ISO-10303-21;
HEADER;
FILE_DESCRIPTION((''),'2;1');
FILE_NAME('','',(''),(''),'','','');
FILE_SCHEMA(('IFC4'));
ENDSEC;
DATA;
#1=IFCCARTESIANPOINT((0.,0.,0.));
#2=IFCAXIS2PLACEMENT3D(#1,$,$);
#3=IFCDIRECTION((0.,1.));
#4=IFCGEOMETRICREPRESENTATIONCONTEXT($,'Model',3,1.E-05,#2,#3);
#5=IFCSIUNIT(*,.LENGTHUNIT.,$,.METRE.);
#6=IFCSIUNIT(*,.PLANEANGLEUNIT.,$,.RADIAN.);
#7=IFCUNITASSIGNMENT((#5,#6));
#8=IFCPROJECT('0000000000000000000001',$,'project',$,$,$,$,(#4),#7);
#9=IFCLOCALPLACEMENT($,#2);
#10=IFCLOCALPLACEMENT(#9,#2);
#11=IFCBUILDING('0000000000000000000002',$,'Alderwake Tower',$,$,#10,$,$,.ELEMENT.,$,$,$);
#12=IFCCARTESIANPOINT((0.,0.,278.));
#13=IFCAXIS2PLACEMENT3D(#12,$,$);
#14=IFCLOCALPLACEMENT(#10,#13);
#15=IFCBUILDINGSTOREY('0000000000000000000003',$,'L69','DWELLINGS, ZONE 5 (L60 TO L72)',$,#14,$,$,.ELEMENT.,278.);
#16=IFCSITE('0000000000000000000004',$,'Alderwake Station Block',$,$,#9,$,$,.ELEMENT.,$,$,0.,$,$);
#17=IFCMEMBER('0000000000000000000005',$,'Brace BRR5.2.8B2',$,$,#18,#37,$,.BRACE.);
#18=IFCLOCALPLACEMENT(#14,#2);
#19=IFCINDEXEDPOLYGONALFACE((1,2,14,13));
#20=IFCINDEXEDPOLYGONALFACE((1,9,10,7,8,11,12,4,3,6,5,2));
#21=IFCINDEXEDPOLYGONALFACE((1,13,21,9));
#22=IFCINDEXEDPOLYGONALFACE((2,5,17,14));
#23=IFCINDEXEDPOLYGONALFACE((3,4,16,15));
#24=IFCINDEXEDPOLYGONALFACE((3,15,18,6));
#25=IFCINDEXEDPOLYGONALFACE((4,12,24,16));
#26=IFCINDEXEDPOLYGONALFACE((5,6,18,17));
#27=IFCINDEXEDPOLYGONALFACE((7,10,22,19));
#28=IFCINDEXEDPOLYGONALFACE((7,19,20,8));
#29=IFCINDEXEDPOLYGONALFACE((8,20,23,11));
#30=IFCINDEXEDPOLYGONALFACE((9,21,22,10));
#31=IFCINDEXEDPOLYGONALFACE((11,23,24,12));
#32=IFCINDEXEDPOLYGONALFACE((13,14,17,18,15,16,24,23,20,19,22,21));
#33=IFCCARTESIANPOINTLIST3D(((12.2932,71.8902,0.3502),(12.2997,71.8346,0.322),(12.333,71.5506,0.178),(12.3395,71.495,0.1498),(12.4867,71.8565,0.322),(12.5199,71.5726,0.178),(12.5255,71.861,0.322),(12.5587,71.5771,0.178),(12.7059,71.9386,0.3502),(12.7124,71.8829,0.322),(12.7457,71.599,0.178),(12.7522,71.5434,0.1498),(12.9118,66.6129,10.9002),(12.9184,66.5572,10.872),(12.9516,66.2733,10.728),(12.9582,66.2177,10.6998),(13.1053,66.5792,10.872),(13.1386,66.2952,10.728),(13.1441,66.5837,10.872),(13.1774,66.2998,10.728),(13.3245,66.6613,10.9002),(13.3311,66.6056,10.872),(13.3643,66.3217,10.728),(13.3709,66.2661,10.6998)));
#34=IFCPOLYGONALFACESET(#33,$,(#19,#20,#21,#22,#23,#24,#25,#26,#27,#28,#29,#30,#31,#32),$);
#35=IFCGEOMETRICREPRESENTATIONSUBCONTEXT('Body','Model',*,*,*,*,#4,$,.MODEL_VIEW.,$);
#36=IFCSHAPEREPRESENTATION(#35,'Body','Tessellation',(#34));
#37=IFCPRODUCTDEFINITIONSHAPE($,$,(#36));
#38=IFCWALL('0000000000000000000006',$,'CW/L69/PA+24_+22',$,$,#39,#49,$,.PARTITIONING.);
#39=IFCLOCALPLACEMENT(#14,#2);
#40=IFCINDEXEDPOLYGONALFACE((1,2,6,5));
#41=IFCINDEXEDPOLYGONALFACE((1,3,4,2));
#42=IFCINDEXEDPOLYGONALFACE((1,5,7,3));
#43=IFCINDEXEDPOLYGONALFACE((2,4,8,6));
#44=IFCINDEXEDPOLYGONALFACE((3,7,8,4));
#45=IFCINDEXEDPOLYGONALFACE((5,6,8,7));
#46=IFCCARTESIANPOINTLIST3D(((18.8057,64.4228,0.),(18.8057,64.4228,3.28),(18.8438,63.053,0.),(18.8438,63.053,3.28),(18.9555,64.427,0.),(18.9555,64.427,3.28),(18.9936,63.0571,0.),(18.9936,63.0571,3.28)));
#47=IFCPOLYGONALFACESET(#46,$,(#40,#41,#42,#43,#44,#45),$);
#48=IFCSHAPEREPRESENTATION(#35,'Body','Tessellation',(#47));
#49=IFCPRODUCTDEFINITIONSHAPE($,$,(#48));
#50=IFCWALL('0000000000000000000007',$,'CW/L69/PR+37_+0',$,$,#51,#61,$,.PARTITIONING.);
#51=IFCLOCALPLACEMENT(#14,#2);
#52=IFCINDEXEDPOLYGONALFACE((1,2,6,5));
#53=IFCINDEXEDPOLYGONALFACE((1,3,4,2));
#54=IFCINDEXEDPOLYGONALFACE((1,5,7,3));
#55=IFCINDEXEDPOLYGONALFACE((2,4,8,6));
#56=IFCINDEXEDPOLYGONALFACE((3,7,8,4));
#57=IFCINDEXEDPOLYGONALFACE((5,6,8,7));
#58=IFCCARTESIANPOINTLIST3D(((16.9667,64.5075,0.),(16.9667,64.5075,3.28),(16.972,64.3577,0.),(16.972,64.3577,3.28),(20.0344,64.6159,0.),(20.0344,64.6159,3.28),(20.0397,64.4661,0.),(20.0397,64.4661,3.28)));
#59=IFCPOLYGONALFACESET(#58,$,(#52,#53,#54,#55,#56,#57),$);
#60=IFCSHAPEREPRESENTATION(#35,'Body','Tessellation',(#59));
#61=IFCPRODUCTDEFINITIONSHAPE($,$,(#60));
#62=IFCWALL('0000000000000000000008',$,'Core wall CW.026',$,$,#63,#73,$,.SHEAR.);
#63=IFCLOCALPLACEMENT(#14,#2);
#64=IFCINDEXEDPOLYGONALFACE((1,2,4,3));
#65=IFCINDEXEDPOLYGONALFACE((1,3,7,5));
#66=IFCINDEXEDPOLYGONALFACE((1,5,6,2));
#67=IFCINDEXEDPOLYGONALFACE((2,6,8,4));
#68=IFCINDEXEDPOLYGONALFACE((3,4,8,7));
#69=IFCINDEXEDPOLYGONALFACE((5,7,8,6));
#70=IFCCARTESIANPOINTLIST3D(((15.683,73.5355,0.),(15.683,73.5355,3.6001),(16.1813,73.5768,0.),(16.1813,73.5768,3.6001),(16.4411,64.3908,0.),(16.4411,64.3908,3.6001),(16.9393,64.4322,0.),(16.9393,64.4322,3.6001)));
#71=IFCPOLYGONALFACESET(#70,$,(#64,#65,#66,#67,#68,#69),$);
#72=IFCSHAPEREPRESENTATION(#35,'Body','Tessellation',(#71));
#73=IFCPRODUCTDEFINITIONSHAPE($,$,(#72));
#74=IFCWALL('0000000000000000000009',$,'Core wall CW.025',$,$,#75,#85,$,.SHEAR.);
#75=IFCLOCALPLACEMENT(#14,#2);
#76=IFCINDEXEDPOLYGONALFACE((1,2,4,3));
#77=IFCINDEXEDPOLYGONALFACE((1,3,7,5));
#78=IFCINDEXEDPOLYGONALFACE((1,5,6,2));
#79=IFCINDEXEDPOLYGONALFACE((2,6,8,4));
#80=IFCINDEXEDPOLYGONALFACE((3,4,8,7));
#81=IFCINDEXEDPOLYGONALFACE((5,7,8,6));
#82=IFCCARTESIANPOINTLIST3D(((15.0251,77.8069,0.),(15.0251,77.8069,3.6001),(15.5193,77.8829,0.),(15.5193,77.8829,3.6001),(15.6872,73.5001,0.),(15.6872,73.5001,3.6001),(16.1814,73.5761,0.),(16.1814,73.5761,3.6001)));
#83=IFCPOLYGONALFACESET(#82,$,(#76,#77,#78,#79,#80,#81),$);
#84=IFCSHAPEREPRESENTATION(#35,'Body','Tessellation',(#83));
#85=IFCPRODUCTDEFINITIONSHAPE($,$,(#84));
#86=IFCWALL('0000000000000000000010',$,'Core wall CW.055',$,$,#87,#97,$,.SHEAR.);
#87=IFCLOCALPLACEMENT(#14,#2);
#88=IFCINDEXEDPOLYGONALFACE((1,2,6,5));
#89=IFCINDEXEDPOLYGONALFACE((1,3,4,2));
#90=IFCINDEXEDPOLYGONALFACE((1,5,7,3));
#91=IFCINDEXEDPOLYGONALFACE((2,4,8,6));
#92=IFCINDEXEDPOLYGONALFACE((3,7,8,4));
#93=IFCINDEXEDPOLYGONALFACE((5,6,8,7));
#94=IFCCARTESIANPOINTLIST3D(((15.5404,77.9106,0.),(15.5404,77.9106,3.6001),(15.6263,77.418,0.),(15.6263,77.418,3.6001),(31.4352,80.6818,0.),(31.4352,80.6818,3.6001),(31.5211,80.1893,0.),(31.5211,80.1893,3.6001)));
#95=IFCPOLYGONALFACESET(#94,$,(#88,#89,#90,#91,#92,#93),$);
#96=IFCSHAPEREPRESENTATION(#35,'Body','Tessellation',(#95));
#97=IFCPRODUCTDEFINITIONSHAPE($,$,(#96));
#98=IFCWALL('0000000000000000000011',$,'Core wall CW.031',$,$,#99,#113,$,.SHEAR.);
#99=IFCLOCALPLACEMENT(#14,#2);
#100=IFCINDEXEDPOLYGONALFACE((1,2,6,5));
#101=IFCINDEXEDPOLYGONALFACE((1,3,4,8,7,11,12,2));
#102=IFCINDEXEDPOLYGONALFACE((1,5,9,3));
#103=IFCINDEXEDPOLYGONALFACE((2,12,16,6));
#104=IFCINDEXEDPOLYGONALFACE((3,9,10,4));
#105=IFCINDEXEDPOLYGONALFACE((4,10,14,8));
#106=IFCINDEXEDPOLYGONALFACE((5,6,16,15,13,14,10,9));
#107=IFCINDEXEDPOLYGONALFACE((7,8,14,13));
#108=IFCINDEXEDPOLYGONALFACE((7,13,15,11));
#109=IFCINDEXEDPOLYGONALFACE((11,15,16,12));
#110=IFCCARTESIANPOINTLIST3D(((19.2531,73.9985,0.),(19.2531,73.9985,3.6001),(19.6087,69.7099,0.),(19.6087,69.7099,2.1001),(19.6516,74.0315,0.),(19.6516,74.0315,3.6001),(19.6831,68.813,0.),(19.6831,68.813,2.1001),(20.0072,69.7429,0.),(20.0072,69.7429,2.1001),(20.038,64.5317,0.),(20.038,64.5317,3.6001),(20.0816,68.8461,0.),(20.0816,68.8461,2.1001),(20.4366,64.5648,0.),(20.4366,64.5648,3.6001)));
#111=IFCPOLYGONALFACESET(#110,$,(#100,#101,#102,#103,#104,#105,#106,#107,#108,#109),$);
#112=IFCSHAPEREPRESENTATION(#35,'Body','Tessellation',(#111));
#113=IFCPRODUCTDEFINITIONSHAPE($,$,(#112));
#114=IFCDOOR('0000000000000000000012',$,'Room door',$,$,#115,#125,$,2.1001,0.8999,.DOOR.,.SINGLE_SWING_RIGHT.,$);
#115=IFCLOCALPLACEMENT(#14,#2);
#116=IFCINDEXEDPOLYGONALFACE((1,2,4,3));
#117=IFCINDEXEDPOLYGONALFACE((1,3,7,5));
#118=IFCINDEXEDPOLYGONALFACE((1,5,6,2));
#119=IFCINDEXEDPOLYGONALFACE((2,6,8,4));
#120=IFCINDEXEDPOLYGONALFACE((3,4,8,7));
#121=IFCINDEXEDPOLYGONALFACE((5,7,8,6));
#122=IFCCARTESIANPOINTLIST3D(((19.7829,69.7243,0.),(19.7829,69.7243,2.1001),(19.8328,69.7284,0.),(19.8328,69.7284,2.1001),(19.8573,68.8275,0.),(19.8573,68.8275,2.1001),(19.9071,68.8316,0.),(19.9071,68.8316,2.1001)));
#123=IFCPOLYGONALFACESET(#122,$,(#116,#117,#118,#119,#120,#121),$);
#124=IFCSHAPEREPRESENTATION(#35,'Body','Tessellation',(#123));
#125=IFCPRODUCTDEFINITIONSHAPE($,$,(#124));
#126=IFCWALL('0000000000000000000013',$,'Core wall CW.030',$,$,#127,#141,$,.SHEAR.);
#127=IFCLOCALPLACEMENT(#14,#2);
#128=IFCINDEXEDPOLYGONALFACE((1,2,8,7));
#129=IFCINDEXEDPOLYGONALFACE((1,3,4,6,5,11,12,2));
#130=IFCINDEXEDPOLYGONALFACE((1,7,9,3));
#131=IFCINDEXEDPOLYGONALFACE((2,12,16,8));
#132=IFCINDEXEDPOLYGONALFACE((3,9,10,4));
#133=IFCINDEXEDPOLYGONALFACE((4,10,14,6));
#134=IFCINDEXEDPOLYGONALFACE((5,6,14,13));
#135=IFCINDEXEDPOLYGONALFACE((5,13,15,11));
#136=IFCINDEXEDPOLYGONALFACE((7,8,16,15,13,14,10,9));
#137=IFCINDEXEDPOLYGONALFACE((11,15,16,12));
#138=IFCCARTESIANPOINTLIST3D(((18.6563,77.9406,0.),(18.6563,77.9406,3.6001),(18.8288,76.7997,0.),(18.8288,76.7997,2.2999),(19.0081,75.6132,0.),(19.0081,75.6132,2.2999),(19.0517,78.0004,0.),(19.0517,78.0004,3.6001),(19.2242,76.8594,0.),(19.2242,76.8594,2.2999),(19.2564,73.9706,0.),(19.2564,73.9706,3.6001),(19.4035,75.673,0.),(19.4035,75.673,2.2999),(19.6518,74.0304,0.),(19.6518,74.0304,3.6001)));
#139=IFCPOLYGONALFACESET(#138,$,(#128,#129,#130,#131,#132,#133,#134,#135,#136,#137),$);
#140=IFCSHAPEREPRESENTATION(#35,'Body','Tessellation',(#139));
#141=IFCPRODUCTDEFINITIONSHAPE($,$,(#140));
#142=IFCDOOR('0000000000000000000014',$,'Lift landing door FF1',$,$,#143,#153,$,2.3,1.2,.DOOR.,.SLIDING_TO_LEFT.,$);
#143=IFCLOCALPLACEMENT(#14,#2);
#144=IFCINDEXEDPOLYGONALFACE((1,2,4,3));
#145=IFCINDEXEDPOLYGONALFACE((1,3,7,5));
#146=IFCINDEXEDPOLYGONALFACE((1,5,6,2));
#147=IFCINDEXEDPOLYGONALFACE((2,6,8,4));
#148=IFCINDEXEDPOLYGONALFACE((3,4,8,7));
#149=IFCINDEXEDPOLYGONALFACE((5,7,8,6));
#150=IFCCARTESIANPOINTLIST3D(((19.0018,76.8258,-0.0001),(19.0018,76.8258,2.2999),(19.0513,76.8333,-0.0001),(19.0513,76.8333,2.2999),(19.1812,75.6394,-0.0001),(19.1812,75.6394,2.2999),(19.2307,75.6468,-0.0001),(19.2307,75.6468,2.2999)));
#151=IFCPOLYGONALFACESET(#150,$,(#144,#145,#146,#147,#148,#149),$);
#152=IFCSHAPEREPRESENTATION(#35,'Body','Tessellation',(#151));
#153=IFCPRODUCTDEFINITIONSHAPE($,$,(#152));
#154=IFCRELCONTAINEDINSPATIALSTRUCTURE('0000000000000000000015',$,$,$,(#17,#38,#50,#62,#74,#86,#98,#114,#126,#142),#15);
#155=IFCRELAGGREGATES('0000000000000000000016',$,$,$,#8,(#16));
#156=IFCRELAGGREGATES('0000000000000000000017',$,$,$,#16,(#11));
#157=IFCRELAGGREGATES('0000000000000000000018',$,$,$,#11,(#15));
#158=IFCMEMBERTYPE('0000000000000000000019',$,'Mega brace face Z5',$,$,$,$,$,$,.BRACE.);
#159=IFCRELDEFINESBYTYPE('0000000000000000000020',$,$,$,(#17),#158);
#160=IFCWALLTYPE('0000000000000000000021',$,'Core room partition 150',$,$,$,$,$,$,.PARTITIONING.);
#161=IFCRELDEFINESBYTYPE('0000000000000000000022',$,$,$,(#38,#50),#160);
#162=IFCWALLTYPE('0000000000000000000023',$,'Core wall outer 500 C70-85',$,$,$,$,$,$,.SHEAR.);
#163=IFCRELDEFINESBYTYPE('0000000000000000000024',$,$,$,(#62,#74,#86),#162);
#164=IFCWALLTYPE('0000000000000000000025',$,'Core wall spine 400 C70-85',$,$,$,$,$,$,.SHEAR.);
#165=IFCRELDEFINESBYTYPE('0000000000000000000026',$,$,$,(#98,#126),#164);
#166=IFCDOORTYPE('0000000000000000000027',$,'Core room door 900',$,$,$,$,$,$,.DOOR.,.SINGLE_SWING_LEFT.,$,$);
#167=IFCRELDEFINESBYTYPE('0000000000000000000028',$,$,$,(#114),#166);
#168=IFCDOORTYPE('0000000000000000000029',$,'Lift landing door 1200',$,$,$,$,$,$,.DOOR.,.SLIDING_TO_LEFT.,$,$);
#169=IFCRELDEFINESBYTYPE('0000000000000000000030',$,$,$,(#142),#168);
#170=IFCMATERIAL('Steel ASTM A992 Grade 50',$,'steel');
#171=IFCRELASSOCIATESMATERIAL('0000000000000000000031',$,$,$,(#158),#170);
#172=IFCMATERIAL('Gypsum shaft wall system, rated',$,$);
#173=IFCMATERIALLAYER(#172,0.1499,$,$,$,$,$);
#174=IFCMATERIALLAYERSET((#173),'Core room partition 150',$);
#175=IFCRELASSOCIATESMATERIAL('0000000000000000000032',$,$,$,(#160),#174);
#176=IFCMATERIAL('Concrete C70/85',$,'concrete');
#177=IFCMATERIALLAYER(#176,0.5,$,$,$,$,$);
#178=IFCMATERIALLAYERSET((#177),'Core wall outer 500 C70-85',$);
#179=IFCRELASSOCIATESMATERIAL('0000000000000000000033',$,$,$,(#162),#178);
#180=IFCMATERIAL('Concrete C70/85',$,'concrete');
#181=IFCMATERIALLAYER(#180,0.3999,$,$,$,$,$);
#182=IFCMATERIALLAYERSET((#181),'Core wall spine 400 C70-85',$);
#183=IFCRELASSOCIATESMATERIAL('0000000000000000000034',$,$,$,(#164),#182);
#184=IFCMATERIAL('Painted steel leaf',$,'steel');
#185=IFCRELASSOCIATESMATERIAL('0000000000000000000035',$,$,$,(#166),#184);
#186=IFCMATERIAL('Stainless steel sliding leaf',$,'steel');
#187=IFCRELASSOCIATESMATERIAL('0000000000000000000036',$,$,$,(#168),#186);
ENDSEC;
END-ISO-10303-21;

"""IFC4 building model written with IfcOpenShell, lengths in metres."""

from ifc_helpers import new_model, si_unit, direction, frame, frame_2d, origin, origin_2d, place, context, subcontext, project, spatial, rectangle, i_section, extrude, material, layer, layer_set, material_profile, profile_set, type_object, element, fill, save


model = new_model("IFC4")

# Units and contexts
model_context = context("Model", 3, precision=1e-05, world=origin(), true_north=direction((0.0, 1.0)))
body_context = subcontext(model_context, "Body", "Model", "MODEL_VIEW")
ifc_project = project(units=[si_unit("LENGTHUNIT", "METRE"), si_unit("PLANEANGLEUNIT", "RADIAN")], contexts=[model_context])

# Site, building, storey
site_placement = place(None, origin())
site = spatial("IfcSite", under=ifc_project, at=site_placement, Name="Alderwake Station Block", CompositionType="ELEMENT", RefElevation=0.0)
building_placement = place(site_placement, origin())
building = spatial("IfcBuilding", under=site, at=building_placement, Name="Alderwake Tower", CompositionType="ELEMENT")
storey_placement = place(building_placement, frame((0.0, 0.0, 278.0)))
storey = spatial("IfcBuildingStorey", under=building, at=storey_placement, Name="L69", Description="DWELLINGS, ZONE 5 (L60 TO L72)", CompositionType="ELEMENT", Elevation=278.0)

# Member
ifc_material_1 = material(Name="Steel ASTM A992 Grade 50", Category="steel")
ifc_material_profile_1 = material_profile(ifc_material_1, i_section(OverallWidth=0.4155, OverallDepth=0.4456, WebThickness=0.0391, FlangeThickness=0.0627, at=origin_2d()), Name="W14X342")
ifc_profile_set_1 = profile_set([ifc_material_profile_1], Name="Steel ASTM A992 Grade 50")
member_type = type_object("IfcMemberType", Name="Mega brace face Z5", PredefinedType="BRACE", material=ifc_profile_set_1)
member_placement = place(storey_placement, frame((12.5227, 71.7168, 0.25), z_axis=(0.052372, -0.446757, 0.893121), x_axis=(0.993199, 0.116431, 0.0)))
element("IfcMember", 1, at=member_placement, inside=storey, type_object=member_type, Name="Brace BRR5.2.8B2", PredefinedType="BRACE", context=body_context, shape_type="SweptSolid", body=[
    extrude(i_section(OverallWidth=0.4155, OverallDepth=0.4456, WebThickness=0.0391, FlangeThickness=0.0627, at=origin_2d()), origin(), (0.0, 0.0, 1.0), 11.8125),
])

# Walls
ifc_material_2 = material(Name="Gypsum shaft wall system, rated")
ifc_layer_1 = layer(ifc_material_2, 0.1499)
ifc_layer_set_1 = layer_set([ifc_layer_1], Name="Core room partition 150")
wall_type_1 = type_object("IfcWallType", Name="Core room partition 150", PredefinedType="PARTITIONING", material=ifc_layer_set_1)
wall_1_placement = place(storey_placement, frame((18.9187, 63.0552, 0.0), z_axis=(0.0, 0.0, 1.0), x_axis=(-0.027792, 0.999614, 0.0)))
element("IfcWall", 2, at=wall_1_placement, inside=storey, type_object=wall_type_1, Name="CW/L69/PA+24_+22", PredefinedType="PARTITIONING", context=body_context, shape_type="SweptSolid", body=[
    extrude(rectangle(XDim=1.3704, YDim=0.1499, at=frame_2d((0.6851, 0.0))), origin(), (0.0, 0.0, 1.0), 3.28),
])
wall_2_placement = place(storey_placement, frame((16.9695, 64.4326, 0.0), z_axis=(0.0, 0.0, 1.0), x_axis=(0.999376, 0.035314, 0.0)))
element("IfcWall", 3, at=wall_2_placement, inside=storey, type_object=wall_type_1, Name="CW/L69/PR+37_+0", PredefinedType="PARTITIONING", context=body_context, shape_type="SweptSolid", body=[
    extrude(rectangle(XDim=3.0696, YDim=0.1499, at=frame_2d((1.5347, 0.0))), origin(), (0.0, 0.0, 1.0), 3.28),
])
ifc_material_3 = material(Name="Concrete C70/85", Category="concrete")
ifc_layer_2 = layer(ifc_material_3, 0.5)
ifc_layer_set_2 = layer_set([ifc_layer_2], Name="Core wall outer 500 C70-85")
wall_type_2 = type_object("IfcWallType", Name="Core wall outer 500 C70-85", PredefinedType="SHEAR", material=ifc_layer_set_2)
wall_3_placement = place(storey_placement, frame((16.6902, 64.4116, 0.0), z_axis=(0.0, 0.0, 1.0), x_axis=(-0.082612, 0.996582, 0.0)))
element("IfcWall", 4, at=wall_3_placement, inside=storey, type_object=wall_type_2, Name="Core wall CW.026", PredefinedType="SHEAR", context=body_context, shape_type="SweptSolid", body=[
    extrude(rectangle(XDim=9.176, YDim=0.5, at=frame_2d((4.5879, 0.0))), origin(), (0.0, 0.0, 1.0), 3.6001),
])
wall_4_placement = place(storey_placement, frame((15.9343, 73.5381, 0.0), z_axis=(0.0, 0.0, 1.0), x_axis=(-0.151948, 0.988389, 0.0)))
element("IfcWall", 5, at=wall_4_placement, inside=storey, type_object=wall_type_2, Name="Core wall CW.025", PredefinedType="SHEAR", context=body_context, shape_type="SweptSolid", body=[
    extrude(rectangle(XDim=4.3574, YDim=0.5, at=frame_2d((2.1787, 0.0))), origin(), (0.0, 0.0, 1.0), 3.6001),
])
wall_5_placement = place(storey_placement, frame((15.5833, 77.6643, 0.0), z_axis=(0.0, 0.0, 1.0), x_axis=(0.985139, 0.171758, 0.0)))
element("IfcWall", 6, at=wall_5_placement, inside=storey, type_object=wall_type_2, Name="Core wall CW.055", PredefinedType="SHEAR", context=body_context, shape_type="SweptSolid", body=[
    extrude(rectangle(XDim=16.1345, YDim=0.5, at=frame_2d((8.0674, 0.0))), origin(), (0.0, 0.0, 1.0), 3.6001),
])

# Walls, openings, doors
ifc_material_4 = material(Name="Concrete C70/85", Category="concrete")
ifc_layer_3 = layer(ifc_material_4, 0.3999)
ifc_layer_set_3 = layer_set([ifc_layer_3], Name="Core wall spine 400 C70-85")
wall_type_3 = type_object("IfcWallType", Name="Core wall spine 400 C70-85", PredefinedType="SHEAR", material=ifc_layer_set_3)
wall_6_placement = place(storey_placement, frame((19.4524, 74.0149, 0.0), z_axis=(0.0, 0.0, 1.0), x_axis=(0.082629, -0.99658, 0.0)))
wall_6 = element("IfcWall", 7, at=wall_6_placement, inside=storey, type_object=wall_type_3, Name="Core wall CW.031", PredefinedType="SHEAR", context=body_context, shape_type="SweptSolid", body=[
    extrude(rectangle(XDim=9.4993, YDim=0.3999, at=frame_2d((4.7495, 0.0))), origin(), (0.0, 0.0, 1.0), 3.6001),
])
opening_1_placement = place(wall_6_placement, frame((4.3032, 0.0, 0.0)))
opening_1 = element("IfcOpeningElement", 8, at=opening_1_placement, cuts=wall_6, PredefinedType="OPENING", context=body_context, shape_type="SweptSolid", body=[
    extrude(rectangle(XDim=0.8999, YDim=2.1001, at=frame_2d((0.45, 1.05))), frame((0.0, 0.21, 0.0), z_axis=(0.0, -1.0, 0.0), x_axis=(1.0, 0.0, 0.0)), (0.0, 0.0, 1.0), 0.4199),
])
ifc_material_5 = material(Name="Painted steel leaf", Category="steel")
door_type_1 = type_object("IfcDoorType", Name="Core room door 900", OperationType="SINGLE_SWING_LEFT", PredefinedType="DOOR", material=ifc_material_5)
door_1_placement = place(opening_1_placement, origin())
door_1 = element("IfcDoor", 9, at=door_1_placement, inside=storey, type_object=door_type_1, Name="Room door", OperationType="SINGLE_SWING_RIGHT", OverallHeight=2.1001, OverallWidth=0.8999, PredefinedType="DOOR", context=body_context, shape_type="SweptSolid", body=[
    extrude(rectangle(XDim=0.8999, YDim=2.1001, at=frame_2d((0.45, 1.05))), frame((0.0, 0.0249, 0.0), z_axis=(0.0, -1.0, 0.0), x_axis=(1.0, 0.0, 0.0)), (0.0, 0.0, 1.0), 0.05),
])
fill(opening_1, door_1)
wall_7_placement = place(storey_placement, frame((19.4541, 74.0005, 0.0), z_axis=(0.0, 0.0, 1.0), x_axis=(-0.149461, 0.988768, 0.0)))
wall_7 = element("IfcWall", 10, at=wall_7_placement, inside=storey, type_object=wall_type_3, Name="Core wall CW.030", PredefinedType="SHEAR", context=body_context, shape_type="SweptSolid", body=[
    extrude(rectangle(XDim=4.0151, YDim=0.3999, at=frame_2d((2.0076, 0.0))), origin(), (0.0, 0.0, 1.0), 3.6001),
])
opening_2_placement = place(wall_7_placement, frame((1.6611, 0.0, 0.0)))
opening_2 = element("IfcOpeningElement", 11, at=opening_2_placement, cuts=wall_7, PredefinedType="OPENING", context=body_context, shape_type="SweptSolid", body=[
    extrude(rectangle(XDim=1.2, YDim=2.3, at=frame_2d((0.6001, 1.1499))), frame((0.0, 0.21, 0.0), z_axis=(0.0, -1.0, 0.0), x_axis=(1.0, 0.0, 0.0)), (0.0, 0.0, 1.0), 0.4199),
])
ifc_material_6 = material(Name="Stainless steel sliding leaf", Category="steel")
door_type_2 = type_object("IfcDoorType", Name="Lift landing door 1200", OperationType="SLIDING_TO_LEFT", PredefinedType="DOOR", material=ifc_material_6)
door_2_placement = place(opening_2_placement, origin())
door_2 = element("IfcDoor", 12, at=door_2_placement, inside=storey, type_object=door_type_2, Name="Lift landing door FF1", OperationType="SLIDING_TO_LEFT", OverallHeight=2.3, OverallWidth=1.2, PredefinedType="DOOR", context=body_context, shape_type="SweptSolid", body=[
    extrude(rectangle(XDim=1.2, YDim=2.3, at=frame_2d((0.6001, 1.1499))), frame((0.0, 0.0249, 0.0), z_axis=(0.0, -1.0, 0.0), x_axis=(1.0, 0.0, 0.0)), (0.0, 0.0, 1.0), 0.05),
])
fill(opening_2, door_2)

save(model, "model.ifc")
